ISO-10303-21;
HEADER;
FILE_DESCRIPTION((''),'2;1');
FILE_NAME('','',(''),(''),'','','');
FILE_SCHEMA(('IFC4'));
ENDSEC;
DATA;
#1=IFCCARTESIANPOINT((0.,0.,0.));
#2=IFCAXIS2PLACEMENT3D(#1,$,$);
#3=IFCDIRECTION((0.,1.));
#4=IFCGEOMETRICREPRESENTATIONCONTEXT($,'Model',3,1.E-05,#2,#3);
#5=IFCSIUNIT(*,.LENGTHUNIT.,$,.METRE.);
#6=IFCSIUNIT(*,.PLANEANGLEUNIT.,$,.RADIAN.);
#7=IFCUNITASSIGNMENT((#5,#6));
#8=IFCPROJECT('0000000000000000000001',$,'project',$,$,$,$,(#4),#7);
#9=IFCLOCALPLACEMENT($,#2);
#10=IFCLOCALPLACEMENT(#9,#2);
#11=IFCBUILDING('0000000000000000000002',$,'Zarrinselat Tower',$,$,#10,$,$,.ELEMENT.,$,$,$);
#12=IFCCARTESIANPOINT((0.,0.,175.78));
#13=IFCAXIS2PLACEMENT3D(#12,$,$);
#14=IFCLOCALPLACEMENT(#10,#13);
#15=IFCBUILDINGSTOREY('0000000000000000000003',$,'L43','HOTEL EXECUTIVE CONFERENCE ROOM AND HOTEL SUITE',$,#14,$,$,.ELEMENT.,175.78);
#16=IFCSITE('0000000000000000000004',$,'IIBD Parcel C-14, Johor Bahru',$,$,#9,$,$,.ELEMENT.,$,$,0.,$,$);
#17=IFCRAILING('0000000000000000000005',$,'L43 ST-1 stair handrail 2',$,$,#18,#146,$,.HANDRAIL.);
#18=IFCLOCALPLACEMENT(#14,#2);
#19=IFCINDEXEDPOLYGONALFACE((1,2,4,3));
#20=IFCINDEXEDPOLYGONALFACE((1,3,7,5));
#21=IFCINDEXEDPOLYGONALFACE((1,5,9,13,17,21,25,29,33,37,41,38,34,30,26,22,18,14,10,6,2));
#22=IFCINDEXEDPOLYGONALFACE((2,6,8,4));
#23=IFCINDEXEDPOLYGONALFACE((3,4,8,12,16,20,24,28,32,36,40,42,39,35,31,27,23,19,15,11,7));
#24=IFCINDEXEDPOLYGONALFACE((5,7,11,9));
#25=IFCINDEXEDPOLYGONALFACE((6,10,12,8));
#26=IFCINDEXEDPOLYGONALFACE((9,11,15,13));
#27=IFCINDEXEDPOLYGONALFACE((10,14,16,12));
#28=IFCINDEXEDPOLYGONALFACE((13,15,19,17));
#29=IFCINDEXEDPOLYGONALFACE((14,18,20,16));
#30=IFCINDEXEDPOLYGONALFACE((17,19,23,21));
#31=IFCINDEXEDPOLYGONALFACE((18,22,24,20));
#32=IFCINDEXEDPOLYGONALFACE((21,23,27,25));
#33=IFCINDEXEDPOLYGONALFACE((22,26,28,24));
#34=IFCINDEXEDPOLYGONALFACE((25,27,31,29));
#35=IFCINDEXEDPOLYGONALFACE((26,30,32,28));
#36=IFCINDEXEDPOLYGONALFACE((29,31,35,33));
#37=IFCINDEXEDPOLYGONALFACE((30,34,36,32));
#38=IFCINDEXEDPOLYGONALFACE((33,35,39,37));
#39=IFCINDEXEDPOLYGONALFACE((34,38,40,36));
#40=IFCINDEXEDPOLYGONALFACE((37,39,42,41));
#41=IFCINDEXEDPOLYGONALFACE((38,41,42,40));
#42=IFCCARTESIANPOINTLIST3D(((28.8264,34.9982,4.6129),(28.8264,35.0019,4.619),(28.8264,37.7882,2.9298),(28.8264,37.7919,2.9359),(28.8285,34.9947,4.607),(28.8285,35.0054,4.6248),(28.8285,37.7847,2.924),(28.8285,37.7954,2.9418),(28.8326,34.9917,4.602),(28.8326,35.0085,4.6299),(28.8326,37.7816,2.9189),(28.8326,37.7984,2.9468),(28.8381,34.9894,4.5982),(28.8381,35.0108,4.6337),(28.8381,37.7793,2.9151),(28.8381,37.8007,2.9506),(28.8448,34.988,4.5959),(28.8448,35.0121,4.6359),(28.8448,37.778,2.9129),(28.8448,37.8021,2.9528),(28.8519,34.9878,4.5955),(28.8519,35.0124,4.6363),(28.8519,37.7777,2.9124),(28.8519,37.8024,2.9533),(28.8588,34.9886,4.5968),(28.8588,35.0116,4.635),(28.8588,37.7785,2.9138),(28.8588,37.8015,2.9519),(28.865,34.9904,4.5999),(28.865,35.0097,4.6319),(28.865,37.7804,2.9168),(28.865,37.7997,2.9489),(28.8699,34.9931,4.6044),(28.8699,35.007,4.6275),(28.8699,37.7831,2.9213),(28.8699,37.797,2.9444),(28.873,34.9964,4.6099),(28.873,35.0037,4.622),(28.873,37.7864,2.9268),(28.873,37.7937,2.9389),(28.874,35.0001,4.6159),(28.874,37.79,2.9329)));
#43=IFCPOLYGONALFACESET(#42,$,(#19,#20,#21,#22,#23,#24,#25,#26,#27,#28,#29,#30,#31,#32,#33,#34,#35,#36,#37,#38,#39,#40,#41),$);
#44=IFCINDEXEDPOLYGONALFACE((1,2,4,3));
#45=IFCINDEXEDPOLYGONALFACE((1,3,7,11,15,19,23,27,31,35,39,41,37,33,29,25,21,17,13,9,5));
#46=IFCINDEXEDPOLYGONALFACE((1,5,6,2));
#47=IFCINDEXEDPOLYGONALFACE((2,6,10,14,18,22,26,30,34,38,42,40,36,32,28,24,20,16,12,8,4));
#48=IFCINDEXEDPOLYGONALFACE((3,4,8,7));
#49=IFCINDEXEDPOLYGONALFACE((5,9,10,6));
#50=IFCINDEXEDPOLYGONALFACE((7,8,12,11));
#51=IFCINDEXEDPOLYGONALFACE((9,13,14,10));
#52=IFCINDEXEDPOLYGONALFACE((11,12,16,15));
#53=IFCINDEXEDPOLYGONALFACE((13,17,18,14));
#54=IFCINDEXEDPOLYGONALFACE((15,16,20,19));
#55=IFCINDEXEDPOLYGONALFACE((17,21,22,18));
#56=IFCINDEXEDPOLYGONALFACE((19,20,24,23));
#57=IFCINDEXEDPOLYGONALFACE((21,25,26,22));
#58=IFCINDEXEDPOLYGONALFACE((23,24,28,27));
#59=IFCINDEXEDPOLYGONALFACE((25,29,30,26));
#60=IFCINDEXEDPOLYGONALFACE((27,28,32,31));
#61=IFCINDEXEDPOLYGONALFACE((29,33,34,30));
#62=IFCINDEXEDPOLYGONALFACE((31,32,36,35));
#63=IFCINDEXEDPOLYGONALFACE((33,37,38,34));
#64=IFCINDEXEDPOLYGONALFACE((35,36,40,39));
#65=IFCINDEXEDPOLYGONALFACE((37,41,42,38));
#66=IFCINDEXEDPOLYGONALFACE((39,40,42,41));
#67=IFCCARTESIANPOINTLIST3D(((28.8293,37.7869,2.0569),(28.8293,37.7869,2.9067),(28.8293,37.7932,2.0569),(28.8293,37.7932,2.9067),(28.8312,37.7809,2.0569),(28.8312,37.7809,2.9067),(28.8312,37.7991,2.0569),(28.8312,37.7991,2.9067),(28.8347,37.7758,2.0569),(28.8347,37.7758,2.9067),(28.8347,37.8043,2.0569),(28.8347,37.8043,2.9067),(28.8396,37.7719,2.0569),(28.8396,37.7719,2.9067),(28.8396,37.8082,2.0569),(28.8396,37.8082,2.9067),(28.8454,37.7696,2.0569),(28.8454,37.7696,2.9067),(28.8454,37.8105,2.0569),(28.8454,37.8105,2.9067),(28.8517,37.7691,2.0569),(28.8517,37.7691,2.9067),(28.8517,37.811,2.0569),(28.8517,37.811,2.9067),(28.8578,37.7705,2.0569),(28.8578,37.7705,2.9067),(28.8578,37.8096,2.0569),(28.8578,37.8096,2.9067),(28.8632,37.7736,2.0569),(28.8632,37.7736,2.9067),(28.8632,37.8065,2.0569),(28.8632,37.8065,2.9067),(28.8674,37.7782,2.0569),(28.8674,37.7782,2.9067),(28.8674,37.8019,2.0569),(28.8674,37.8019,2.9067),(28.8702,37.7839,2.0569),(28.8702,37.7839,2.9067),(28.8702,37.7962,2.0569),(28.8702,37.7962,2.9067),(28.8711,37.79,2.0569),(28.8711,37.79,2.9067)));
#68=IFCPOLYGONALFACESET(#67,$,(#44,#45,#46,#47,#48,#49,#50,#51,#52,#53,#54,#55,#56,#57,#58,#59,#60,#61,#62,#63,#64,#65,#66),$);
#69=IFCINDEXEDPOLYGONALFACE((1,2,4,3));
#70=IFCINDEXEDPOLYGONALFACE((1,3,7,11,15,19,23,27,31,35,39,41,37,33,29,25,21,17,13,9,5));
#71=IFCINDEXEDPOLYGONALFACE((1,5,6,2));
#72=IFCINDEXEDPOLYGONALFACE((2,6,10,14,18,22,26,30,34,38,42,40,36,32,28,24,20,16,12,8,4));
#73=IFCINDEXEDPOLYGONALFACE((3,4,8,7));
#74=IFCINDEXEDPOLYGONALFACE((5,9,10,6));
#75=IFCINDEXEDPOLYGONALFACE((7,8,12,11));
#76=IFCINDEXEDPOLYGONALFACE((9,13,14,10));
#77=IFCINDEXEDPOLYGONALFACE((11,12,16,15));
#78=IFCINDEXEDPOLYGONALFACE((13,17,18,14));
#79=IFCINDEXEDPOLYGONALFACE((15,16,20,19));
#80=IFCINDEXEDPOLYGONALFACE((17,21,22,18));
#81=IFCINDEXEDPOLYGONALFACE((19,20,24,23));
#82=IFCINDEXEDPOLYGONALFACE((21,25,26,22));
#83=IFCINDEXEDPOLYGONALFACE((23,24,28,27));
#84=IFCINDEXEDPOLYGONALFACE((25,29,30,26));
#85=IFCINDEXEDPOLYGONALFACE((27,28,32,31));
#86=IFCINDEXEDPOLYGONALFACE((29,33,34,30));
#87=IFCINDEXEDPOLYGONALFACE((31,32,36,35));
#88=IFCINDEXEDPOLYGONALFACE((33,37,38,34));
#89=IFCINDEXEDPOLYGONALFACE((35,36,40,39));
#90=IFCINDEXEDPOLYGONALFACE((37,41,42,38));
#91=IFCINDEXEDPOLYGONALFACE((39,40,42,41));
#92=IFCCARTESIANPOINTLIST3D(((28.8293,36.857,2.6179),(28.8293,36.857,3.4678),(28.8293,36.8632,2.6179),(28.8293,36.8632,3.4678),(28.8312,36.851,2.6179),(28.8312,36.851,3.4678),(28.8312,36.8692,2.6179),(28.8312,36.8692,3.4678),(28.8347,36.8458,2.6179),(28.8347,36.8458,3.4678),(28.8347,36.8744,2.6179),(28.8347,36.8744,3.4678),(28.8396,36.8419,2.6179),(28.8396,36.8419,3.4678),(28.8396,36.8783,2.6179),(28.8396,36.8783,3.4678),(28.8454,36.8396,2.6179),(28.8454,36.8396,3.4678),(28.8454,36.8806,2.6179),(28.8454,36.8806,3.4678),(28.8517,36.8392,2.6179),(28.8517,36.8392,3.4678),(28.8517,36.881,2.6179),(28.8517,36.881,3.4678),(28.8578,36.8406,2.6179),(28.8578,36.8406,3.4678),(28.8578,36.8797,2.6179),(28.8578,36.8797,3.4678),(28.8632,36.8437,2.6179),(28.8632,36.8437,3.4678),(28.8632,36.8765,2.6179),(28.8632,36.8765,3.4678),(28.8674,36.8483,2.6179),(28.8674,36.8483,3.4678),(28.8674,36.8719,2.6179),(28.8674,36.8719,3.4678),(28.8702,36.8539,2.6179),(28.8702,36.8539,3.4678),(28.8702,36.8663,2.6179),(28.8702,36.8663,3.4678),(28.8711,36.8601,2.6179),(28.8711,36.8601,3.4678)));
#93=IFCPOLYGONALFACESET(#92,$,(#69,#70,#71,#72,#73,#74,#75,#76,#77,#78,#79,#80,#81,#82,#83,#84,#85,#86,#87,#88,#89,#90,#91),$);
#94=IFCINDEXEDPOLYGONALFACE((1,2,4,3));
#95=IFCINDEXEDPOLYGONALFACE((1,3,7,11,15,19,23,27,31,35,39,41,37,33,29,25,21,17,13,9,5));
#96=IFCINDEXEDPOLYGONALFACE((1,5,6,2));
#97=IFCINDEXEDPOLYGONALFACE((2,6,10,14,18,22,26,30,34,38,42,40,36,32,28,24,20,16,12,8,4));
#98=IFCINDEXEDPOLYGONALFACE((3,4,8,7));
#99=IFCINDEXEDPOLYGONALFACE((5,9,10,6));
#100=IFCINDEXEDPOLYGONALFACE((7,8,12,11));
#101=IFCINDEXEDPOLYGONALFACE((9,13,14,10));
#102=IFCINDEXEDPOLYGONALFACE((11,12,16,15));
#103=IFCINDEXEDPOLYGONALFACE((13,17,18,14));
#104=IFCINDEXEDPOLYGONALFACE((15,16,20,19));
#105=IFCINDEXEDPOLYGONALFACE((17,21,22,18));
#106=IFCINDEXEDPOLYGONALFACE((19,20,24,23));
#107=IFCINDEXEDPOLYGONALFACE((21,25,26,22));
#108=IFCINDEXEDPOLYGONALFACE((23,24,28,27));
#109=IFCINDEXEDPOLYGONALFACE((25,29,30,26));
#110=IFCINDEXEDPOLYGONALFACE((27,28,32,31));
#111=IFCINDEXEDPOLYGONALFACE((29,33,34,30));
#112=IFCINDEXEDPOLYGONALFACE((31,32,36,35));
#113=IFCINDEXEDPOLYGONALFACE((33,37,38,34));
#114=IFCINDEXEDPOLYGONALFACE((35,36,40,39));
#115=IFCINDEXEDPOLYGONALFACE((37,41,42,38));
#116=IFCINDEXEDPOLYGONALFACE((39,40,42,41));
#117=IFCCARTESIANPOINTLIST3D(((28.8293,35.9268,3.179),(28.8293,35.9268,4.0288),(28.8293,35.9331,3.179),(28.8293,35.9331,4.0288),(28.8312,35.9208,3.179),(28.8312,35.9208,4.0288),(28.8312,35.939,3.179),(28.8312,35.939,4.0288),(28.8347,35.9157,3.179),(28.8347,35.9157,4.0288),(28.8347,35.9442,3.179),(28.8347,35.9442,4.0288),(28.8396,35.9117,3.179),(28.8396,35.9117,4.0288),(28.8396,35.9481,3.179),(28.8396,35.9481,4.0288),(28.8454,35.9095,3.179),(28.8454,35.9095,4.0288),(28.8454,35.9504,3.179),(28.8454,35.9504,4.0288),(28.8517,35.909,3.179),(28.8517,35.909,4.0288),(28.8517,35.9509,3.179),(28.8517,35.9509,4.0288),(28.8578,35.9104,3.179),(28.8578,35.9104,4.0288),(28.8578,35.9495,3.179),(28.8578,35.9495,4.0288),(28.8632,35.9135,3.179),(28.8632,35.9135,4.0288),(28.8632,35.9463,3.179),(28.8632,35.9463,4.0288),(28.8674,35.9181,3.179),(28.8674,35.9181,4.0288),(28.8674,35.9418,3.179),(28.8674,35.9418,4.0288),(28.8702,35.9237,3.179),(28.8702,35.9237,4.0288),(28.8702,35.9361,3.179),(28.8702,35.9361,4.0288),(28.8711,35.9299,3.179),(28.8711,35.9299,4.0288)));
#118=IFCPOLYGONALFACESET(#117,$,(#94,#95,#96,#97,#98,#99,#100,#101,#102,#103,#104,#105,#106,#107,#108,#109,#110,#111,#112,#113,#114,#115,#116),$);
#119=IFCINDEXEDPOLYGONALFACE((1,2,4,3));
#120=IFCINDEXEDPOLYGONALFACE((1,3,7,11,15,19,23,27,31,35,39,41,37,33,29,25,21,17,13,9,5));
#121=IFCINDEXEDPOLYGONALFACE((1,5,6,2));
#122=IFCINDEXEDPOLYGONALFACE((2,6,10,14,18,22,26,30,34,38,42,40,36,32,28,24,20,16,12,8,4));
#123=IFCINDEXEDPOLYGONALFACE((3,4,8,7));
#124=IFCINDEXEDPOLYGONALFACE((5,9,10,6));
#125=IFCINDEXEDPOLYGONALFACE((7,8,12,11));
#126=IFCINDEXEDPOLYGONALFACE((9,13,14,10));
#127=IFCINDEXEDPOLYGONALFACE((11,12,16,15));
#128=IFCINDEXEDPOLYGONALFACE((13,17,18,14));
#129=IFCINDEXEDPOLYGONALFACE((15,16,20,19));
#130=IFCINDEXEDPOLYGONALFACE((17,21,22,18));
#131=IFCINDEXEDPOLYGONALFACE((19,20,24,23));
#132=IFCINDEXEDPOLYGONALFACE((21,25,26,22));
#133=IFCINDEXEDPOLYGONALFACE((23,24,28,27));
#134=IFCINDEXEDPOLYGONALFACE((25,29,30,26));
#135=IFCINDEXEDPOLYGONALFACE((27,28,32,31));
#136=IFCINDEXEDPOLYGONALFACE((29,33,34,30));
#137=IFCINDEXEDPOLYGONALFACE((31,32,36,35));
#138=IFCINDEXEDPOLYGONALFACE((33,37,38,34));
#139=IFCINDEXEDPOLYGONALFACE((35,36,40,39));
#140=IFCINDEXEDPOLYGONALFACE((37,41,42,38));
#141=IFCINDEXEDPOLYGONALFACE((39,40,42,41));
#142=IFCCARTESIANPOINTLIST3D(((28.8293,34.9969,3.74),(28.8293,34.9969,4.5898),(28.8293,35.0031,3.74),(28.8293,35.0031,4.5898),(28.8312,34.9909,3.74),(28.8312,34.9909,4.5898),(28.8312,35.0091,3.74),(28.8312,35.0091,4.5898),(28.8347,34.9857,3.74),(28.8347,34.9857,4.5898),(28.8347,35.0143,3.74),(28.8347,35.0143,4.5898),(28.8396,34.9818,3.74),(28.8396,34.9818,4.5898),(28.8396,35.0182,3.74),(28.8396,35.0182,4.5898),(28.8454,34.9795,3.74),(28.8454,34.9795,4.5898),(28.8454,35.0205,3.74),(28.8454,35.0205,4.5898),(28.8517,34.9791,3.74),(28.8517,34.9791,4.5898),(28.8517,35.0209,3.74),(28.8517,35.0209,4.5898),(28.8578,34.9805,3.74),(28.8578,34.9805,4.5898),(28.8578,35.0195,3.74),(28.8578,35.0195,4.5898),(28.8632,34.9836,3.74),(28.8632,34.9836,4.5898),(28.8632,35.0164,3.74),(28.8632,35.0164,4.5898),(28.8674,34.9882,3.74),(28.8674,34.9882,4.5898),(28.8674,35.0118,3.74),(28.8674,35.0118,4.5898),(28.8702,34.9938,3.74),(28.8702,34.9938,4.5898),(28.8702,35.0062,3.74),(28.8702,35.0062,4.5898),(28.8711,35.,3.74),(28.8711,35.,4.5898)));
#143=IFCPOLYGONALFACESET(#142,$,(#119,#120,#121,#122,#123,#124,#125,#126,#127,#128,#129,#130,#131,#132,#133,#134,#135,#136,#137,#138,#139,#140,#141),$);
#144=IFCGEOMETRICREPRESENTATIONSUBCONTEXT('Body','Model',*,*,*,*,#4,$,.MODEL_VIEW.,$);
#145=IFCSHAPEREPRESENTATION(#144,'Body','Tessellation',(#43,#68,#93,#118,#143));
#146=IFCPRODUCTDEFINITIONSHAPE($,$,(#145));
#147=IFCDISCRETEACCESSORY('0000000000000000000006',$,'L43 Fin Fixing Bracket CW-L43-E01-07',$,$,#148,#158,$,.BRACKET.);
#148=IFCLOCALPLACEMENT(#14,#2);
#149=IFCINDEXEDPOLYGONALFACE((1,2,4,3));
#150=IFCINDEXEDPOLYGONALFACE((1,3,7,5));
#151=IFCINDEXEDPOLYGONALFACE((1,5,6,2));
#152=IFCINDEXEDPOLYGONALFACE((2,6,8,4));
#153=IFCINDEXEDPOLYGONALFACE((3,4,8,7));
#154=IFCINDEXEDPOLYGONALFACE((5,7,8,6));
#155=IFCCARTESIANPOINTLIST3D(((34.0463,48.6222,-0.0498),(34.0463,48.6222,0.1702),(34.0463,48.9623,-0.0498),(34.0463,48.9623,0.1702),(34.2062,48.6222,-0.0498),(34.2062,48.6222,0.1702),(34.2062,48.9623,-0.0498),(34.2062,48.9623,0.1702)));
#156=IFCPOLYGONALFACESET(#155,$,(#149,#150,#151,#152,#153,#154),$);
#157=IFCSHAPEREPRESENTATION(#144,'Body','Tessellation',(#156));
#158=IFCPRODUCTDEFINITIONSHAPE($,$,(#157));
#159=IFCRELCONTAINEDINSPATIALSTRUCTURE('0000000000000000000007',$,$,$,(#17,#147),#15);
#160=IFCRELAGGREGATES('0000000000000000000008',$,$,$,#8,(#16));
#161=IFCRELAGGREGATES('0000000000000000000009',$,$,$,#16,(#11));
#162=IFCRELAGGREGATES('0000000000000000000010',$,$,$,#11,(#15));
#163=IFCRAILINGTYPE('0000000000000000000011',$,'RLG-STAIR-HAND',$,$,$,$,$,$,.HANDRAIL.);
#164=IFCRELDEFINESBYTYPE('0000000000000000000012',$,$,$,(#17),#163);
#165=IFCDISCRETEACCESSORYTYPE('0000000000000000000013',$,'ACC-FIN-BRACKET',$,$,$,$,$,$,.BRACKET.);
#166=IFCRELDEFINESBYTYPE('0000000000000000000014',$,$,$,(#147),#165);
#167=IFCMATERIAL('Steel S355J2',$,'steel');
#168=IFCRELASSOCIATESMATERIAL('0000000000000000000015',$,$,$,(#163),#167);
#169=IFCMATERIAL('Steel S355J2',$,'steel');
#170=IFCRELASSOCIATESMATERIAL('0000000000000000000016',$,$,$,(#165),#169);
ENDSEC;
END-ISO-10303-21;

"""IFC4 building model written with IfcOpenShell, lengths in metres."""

from ifc_helpers import new_model, si_unit, direction, frame, origin, origin_2d, place, context, subcontext, project, spatial, rectangle, circle, extrude, material, type_object, element, save


model = new_model("IFC4")

# Units and contexts
model_context = context("Model", 3, precision=1e-05, world=origin(), true_north=direction((0.0, 1.0)))
body_context = subcontext(model_context, "Body", "Model", "MODEL_VIEW")
ifc_project = project(units=[si_unit("LENGTHUNIT", "METRE"), si_unit("PLANEANGLEUNIT", "RADIAN")], contexts=[model_context])

# Site, building, storey
site_placement = place(None, origin())
site = spatial("IfcSite", under=ifc_project, at=site_placement, Name="IIBD Parcel C-14, Johor Bahru", CompositionType="ELEMENT", RefElevation=0.0)
building_placement = place(site_placement, origin())
building = spatial("IfcBuilding", under=site, at=building_placement, Name="Zarrinselat Tower", CompositionType="ELEMENT")
storey_placement = place(building_placement, frame((0.0, 0.0, 175.78)))
storey = spatial("IfcBuildingStorey", under=building, at=storey_placement, Name="L43", Description="HOTEL EXECUTIVE CONFERENCE ROOM AND HOTEL SUITE", CompositionType="ELEMENT", Elevation=175.78)

# Railing
ifc_material_1 = material(Name="Steel S355J2", Category="steel")
railing_type_1 = type_object("IfcRailingType", Name="RLG-STAIR-HAND", PredefinedType="HANDRAIL", material=ifc_material_1)
railing_1_placement = place(storey_placement, frame((28.8501, 37.79, 2.0569)))
element("IfcRailing", 1, at=railing_1_placement, inside=storey, type_object=railing_type_1, Name="L43 ST-1 stair handrail 2", PredefinedType="HANDRAIL", context=body_context, shape_type="SweptSolid", body=[
    extrude(circle(Radius=0.0239, at=origin_2d()), frame((0.0, 0.0, 0.876), z_axis=(0.0, -0.856261, 0.516544), x_axis=(1.0, 0.0, 0.0)), (0.0, 0.0, 1.0), 3.2583),
    extrude(circle(Radius=0.021, at=origin_2d()), origin(), (0.0, 0.0, 1.0), 0.8499),
    extrude(circle(Radius=0.021, at=origin_2d()), frame((0.0, -0.9299, 0.561)), (0.0, 0.0, 1.0), 0.8499),
    extrude(circle(Radius=0.021, at=origin_2d()), frame((0.0, -1.8601, 1.1221)), (0.0, 0.0, 1.0), 0.8499),
    extrude(circle(Radius=0.021, at=origin_2d()), frame((0.0, -2.79, 1.6831)), (0.0, 0.0, 1.0), 0.8499),
])

# Discrete accessory
ifc_material_2 = material(Name="Steel S355J2", Category="steel")
discrete_accessory_type = type_object("IfcDiscreteAccessoryType", Name="ACC-FIN-BRACKET", PredefinedType="BRACKET", material=ifc_material_2)
discrete_accessory_placement = place(storey_placement, frame((34.1262, 48.7922, -0.0498), z_axis=(0.0, 0.0, 1.0), x_axis=(0.0, 1.0, 0.0)))
element("IfcDiscreteAccessory", 2, at=discrete_accessory_placement, inside=storey, type_object=discrete_accessory_type, Name="L43 Fin Fixing Bracket CW-L43-E01-07", PredefinedType="BRACKET", context=body_context, shape_type="SweptSolid", body=[
    extrude(rectangle(XDim=0.3401, YDim=0.1599, at=origin_2d()), origin(), (0.0, 0.0, 1.0), 0.22),
])

save(model, "model.ifc")
